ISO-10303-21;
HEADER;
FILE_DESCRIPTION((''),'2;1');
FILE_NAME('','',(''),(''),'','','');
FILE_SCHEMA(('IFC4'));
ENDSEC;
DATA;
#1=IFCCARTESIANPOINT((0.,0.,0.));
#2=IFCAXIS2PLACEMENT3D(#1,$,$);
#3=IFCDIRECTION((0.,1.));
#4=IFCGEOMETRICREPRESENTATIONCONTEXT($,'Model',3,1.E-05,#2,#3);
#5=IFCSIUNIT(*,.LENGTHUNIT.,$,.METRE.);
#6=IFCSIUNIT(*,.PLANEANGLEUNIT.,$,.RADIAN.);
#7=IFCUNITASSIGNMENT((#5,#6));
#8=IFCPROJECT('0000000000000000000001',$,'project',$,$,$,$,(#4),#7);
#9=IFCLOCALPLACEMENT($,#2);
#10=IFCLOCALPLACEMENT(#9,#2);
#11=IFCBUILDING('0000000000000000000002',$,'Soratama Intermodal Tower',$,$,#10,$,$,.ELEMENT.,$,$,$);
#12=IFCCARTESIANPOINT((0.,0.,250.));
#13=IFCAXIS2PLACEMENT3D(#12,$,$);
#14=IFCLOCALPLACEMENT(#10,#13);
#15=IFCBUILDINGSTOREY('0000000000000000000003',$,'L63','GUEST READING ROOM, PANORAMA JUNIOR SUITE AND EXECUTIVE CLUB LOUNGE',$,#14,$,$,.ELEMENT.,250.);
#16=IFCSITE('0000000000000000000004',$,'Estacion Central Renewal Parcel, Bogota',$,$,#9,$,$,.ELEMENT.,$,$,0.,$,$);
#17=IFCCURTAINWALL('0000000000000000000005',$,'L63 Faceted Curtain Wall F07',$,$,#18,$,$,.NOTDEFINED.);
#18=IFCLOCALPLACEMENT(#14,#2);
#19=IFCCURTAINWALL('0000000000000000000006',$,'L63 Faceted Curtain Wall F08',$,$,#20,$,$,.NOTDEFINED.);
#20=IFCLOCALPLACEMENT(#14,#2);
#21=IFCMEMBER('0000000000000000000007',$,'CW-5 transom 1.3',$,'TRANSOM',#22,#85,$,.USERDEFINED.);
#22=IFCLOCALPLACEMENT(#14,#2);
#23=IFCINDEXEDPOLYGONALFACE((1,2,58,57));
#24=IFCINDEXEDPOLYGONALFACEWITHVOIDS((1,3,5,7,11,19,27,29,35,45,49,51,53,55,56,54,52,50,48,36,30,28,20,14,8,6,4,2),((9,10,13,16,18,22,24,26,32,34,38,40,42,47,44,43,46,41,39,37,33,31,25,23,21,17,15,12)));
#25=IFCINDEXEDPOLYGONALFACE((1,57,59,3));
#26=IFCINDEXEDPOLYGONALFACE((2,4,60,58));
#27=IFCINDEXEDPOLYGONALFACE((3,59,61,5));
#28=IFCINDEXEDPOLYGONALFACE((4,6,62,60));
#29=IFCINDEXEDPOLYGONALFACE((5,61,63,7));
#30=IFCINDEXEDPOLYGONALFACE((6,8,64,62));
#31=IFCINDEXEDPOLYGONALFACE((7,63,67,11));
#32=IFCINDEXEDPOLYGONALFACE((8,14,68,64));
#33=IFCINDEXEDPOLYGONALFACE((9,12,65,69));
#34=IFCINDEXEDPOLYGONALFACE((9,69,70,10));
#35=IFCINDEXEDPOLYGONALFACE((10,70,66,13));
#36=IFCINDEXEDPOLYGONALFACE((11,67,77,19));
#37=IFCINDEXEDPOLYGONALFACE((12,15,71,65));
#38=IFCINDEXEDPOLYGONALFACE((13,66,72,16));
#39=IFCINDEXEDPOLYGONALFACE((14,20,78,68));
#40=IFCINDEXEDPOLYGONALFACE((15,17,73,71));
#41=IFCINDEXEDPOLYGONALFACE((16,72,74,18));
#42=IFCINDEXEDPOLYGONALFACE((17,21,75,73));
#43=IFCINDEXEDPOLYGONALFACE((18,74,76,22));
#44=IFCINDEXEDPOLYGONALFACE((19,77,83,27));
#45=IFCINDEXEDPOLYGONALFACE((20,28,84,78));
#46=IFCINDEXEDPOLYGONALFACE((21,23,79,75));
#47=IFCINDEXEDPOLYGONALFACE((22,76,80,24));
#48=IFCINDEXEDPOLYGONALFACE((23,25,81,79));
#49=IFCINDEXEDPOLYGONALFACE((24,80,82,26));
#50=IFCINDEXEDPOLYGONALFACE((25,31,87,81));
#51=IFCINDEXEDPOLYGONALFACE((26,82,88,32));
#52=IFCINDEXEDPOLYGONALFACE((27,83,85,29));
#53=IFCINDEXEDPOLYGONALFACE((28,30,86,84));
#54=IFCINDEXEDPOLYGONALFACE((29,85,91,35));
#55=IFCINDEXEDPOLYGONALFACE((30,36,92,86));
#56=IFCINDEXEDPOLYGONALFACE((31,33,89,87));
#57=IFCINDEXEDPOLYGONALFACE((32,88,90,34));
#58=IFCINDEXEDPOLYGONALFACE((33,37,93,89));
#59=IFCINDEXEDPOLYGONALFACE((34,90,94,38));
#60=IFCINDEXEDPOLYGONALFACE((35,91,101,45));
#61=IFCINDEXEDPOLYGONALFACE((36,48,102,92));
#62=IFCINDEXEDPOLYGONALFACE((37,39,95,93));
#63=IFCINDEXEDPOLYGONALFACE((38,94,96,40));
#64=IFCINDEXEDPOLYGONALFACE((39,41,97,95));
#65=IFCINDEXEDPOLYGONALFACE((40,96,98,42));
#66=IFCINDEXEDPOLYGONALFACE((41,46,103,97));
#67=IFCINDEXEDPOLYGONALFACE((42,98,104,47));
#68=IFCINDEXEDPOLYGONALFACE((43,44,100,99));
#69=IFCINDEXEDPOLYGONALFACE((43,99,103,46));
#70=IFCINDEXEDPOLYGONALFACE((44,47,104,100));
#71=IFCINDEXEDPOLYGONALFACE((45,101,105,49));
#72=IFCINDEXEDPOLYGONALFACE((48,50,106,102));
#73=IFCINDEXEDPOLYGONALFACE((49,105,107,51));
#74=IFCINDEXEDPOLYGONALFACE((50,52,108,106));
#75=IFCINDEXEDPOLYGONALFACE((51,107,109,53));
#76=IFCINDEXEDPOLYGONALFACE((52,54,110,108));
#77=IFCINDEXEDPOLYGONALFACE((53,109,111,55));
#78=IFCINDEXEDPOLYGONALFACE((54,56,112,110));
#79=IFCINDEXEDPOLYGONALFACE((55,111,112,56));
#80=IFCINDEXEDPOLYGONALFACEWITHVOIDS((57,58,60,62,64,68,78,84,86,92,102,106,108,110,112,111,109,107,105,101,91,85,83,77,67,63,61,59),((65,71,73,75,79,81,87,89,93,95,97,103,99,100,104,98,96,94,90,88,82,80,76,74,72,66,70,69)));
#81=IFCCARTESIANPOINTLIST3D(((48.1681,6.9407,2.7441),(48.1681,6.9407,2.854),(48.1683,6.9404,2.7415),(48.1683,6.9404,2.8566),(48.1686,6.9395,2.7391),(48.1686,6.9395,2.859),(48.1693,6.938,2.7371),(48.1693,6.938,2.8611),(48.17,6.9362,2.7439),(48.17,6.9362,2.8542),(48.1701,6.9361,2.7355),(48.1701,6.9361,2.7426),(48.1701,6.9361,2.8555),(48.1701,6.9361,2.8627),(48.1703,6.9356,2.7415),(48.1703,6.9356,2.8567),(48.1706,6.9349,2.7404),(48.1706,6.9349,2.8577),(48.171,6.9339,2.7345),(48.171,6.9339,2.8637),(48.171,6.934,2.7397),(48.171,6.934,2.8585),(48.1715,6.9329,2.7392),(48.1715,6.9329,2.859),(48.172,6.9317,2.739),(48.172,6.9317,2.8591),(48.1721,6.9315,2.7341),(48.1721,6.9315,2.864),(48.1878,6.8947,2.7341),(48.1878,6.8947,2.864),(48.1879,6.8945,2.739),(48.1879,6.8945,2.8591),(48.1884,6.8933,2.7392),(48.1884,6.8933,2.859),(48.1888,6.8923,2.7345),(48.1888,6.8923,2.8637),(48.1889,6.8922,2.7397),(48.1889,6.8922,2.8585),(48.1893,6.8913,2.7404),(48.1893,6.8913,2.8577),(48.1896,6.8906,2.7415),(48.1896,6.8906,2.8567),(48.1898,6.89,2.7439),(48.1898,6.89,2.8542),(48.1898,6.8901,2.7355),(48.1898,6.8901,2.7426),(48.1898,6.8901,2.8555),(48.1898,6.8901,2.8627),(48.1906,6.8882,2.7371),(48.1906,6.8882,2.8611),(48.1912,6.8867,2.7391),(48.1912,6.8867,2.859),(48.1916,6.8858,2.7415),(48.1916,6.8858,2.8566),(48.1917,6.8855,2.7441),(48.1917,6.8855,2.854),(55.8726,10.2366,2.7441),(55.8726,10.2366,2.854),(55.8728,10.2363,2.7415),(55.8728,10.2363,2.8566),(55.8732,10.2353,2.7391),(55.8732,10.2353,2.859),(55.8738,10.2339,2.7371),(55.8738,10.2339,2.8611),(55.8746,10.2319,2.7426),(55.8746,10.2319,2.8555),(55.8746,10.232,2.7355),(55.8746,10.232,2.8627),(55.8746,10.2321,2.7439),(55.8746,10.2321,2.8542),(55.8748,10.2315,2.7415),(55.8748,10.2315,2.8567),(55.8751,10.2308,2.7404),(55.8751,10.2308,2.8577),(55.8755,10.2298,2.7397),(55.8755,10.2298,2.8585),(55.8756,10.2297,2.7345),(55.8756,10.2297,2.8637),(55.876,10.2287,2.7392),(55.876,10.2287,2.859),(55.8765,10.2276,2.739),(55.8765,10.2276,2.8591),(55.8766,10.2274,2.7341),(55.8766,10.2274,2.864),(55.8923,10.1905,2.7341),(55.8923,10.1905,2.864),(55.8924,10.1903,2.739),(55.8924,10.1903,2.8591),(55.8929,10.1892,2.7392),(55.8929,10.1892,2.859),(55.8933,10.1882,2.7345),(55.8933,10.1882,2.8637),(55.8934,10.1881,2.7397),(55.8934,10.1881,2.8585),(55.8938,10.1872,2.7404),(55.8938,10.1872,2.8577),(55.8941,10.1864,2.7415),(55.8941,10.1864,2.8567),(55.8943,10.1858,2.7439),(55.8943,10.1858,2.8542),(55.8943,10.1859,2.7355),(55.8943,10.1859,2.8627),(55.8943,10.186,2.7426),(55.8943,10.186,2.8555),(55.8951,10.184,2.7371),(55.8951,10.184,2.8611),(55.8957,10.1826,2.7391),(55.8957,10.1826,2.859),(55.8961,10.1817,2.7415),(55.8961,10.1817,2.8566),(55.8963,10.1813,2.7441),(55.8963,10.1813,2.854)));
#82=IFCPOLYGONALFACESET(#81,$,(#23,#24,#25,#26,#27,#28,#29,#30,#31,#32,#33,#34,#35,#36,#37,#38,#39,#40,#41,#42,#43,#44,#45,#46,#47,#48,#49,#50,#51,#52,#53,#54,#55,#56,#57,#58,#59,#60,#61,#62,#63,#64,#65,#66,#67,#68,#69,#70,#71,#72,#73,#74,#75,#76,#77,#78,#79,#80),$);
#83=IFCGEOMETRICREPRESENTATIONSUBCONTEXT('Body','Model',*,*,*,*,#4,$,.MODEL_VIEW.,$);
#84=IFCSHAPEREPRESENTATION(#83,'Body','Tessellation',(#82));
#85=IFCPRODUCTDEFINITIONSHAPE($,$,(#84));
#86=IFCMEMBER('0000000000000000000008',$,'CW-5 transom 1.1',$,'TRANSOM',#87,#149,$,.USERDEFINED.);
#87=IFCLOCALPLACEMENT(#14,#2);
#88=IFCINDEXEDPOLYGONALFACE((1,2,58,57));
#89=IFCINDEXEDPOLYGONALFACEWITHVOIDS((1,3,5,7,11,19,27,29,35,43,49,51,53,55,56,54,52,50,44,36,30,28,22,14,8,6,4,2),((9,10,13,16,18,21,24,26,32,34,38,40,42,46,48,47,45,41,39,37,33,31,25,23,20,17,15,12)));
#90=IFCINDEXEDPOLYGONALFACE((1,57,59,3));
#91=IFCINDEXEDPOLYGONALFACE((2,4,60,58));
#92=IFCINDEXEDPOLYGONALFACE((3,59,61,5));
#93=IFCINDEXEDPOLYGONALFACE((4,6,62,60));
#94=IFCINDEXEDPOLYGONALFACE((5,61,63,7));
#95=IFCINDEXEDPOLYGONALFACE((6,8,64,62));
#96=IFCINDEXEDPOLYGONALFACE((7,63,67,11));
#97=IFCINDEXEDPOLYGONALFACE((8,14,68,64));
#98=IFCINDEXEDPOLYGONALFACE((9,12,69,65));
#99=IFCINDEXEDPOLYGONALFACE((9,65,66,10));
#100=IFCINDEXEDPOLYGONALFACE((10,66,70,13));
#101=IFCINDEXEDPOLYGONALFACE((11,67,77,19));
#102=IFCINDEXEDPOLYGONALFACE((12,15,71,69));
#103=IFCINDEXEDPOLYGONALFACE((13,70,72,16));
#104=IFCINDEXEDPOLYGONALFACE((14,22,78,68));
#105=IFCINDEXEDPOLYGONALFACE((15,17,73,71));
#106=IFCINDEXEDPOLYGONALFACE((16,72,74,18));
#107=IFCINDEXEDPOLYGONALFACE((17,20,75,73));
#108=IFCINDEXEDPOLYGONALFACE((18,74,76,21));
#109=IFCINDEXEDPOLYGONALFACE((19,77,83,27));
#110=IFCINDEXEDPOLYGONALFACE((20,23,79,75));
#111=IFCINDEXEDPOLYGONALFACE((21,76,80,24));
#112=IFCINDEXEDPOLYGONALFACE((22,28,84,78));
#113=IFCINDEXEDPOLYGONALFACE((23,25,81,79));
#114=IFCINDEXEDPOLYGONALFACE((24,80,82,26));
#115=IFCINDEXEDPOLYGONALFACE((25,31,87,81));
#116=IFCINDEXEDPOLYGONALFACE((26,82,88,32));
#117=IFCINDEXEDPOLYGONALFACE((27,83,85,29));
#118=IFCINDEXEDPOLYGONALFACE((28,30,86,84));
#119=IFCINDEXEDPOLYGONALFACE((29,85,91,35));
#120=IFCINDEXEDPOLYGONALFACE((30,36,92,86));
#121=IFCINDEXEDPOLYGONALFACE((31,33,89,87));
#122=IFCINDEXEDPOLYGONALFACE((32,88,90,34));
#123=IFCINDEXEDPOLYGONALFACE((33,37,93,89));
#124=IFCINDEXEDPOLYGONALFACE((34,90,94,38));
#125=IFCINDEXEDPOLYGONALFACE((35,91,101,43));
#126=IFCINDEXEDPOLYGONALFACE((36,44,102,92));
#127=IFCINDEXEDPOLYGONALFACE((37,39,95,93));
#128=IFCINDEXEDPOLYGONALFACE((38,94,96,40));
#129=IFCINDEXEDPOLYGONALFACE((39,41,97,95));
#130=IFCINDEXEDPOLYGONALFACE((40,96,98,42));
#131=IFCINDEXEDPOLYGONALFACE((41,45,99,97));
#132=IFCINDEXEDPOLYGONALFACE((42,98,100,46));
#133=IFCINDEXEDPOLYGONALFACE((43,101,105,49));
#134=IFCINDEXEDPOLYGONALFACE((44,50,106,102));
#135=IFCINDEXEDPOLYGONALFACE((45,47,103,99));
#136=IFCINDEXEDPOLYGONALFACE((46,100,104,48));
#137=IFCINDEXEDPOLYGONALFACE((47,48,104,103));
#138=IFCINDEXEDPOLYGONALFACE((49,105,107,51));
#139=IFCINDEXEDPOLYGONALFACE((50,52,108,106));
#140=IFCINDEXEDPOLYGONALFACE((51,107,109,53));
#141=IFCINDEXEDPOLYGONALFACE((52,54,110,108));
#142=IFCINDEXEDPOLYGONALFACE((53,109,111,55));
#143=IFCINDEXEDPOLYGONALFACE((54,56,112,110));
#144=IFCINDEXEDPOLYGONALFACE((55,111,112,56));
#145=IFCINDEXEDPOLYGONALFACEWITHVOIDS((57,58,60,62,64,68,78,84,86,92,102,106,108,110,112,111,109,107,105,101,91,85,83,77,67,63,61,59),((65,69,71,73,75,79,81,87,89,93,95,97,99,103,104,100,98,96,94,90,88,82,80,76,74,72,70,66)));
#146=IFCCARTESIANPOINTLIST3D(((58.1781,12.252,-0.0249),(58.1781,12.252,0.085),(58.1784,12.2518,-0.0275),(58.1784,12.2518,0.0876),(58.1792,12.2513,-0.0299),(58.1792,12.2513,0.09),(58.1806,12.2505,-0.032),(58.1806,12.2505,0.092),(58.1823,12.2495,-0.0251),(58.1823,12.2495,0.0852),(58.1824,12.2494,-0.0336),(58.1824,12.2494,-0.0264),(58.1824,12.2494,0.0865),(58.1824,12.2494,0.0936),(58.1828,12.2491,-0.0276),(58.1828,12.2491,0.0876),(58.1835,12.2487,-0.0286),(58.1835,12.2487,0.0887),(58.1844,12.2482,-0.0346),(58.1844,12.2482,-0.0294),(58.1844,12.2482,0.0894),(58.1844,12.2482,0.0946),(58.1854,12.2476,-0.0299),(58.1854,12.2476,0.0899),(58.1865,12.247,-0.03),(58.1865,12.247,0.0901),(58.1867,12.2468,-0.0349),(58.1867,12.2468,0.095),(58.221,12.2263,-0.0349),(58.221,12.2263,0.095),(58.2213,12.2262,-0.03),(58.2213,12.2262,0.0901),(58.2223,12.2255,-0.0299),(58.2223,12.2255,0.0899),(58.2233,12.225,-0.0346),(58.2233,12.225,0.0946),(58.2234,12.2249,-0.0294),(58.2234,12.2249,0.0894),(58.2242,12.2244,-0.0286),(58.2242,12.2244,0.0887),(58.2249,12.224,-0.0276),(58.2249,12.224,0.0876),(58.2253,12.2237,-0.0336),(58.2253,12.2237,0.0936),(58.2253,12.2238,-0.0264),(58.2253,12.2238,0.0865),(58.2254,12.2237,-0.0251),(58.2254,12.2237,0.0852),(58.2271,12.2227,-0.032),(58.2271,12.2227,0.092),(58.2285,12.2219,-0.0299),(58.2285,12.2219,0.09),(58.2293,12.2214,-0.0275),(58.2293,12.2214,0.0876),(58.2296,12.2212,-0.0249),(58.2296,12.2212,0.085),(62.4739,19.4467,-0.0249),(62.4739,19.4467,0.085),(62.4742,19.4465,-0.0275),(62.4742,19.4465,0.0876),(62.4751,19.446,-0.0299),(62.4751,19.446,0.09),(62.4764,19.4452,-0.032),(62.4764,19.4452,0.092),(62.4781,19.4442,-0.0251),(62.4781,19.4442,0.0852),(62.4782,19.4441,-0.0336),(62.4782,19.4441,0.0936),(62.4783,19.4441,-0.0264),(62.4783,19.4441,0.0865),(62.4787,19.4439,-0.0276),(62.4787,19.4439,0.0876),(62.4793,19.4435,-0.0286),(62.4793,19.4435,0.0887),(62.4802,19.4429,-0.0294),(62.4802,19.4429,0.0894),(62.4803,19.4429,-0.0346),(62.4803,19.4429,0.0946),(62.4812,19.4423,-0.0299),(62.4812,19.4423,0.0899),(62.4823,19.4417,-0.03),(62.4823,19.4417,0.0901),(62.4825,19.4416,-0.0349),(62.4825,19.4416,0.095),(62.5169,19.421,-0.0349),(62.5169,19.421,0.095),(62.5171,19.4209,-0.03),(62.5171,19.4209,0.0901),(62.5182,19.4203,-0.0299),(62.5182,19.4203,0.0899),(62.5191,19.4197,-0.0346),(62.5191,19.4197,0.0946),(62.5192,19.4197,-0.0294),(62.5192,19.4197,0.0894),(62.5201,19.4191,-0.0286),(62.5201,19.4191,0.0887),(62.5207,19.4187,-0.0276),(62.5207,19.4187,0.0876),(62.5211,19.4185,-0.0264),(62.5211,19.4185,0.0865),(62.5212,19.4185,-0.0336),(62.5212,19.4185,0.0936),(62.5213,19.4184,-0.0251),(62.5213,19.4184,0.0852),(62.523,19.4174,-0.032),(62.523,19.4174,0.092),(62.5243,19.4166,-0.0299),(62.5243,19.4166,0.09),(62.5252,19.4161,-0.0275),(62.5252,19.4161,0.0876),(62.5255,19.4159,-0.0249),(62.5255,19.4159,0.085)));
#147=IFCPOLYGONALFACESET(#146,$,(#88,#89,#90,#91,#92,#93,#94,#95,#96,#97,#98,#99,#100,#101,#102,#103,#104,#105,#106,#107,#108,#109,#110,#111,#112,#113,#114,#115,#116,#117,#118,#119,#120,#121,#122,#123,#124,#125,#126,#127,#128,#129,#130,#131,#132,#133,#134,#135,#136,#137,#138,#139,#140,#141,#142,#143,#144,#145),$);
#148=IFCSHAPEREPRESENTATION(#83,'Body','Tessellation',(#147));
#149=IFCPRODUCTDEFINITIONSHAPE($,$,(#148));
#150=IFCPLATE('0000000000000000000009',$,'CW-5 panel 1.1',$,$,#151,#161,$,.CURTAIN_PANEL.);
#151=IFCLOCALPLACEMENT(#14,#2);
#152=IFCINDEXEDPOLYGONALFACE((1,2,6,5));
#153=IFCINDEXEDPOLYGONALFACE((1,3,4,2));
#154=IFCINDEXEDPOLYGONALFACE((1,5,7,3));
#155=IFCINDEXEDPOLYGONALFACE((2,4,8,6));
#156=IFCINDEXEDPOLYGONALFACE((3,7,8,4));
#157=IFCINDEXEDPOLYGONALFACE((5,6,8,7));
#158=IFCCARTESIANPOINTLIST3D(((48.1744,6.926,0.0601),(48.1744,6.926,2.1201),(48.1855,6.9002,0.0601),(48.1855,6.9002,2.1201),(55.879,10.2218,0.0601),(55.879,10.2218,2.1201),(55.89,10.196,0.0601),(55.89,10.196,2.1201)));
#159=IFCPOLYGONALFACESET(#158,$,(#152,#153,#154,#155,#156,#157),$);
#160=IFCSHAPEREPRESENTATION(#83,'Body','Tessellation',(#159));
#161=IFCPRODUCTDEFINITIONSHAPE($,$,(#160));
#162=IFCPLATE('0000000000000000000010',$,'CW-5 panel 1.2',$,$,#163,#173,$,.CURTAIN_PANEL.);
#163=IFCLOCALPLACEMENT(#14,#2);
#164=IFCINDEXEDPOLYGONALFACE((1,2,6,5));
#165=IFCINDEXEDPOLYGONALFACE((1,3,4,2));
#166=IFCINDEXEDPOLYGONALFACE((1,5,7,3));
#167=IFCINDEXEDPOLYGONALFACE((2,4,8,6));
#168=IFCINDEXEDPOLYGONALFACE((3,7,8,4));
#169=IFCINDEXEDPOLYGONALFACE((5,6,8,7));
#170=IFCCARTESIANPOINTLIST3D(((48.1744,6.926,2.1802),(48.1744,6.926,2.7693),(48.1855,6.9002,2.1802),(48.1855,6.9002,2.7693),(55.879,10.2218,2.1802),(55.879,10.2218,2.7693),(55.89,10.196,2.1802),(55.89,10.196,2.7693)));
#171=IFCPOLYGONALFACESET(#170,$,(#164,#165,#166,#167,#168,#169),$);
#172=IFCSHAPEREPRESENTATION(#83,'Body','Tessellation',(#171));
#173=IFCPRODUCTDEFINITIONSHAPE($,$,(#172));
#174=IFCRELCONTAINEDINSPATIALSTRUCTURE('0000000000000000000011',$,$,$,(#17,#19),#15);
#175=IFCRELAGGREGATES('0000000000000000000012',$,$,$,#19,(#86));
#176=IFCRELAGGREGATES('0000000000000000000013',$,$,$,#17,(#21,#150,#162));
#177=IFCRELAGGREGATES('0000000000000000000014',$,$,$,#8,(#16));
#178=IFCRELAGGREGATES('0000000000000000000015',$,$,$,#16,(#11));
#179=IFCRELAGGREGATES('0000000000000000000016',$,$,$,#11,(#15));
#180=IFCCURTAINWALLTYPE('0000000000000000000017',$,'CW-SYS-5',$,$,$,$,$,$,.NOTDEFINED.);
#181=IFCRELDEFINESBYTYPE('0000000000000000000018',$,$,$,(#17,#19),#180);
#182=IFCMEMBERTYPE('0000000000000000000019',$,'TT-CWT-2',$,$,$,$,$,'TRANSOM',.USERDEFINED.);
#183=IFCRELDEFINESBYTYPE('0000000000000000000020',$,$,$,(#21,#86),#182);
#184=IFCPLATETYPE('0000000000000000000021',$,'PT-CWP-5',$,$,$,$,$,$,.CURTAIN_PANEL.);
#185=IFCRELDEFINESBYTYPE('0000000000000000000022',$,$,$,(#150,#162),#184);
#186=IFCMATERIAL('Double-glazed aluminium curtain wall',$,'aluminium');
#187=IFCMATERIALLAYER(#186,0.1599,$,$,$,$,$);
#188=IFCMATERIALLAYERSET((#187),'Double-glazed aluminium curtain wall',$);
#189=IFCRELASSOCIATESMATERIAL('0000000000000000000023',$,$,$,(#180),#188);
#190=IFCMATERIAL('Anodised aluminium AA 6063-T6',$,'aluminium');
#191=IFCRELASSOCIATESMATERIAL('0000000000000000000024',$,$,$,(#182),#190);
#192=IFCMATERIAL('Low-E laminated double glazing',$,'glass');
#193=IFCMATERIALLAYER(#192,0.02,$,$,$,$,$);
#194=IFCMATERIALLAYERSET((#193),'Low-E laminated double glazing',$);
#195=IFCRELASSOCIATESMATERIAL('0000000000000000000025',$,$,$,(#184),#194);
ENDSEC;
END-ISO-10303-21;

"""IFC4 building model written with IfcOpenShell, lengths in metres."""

from ifc_helpers import new_model, si_unit, direction, frame, origin, origin_2d, place, context, subcontext, project, spatial, rectangle, hollow_rectangle, extrude, material, layer, layer_set, material_profile, profile_set, type_object, element, aggregate, save


model = new_model("IFC4")

# Units and contexts
model_context = context("Model", 3, precision=1e-05, world=origin(), true_north=direction((0.0, 1.0)))
body_context = subcontext(model_context, "Body", "Model", "MODEL_VIEW")
ifc_project = project(units=[si_unit("LENGTHUNIT", "METRE"), si_unit("PLANEANGLEUNIT", "RADIAN")], contexts=[model_context])

# Site, building, storey
site_placement = place(None, origin())
site = spatial("IfcSite", under=ifc_project, at=site_placement, Name="Estacion Central Renewal Parcel, Bogota", CompositionType="ELEMENT", RefElevation=0.0)
building_placement = place(site_placement, origin())
building = spatial("IfcBuilding", under=site, at=building_placement, Name="Soratama Intermodal Tower", CompositionType="ELEMENT")
storey_placement = place(building_placement, frame((0.0, 0.0, 250.0)))
storey = spatial("IfcBuildingStorey", under=building, at=storey_placement, Name="L63", Description="GUEST READING ROOM, PANORAMA JUNIOR SUITE AND EXECUTIVE CLUB LOUNGE", CompositionType="ELEMENT", Elevation=250.0)

# Curtain walls
ifc_material_1 = material(Name="Double-glazed aluminium curtain wall", Category="aluminium")
ifc_layer_1 = layer(ifc_material_1, 0.1599)
ifc_layer_set_1 = layer_set([ifc_layer_1], Name="Double-glazed aluminium curtain wall")
curtain_wall_type = type_object("IfcCurtainWallType", Name="CW-SYS-5", PredefinedType="NOTDEFINED", material=ifc_layer_set_1)
curtain_wall_1_placement = place(storey_placement, origin())
curtain_wall_1 = element("IfcCurtainWall", 1, at=curtain_wall_1_placement, inside=storey, type_object=curtain_wall_type, Name="L63 Faceted Curtain Wall F07", PredefinedType="NOTDEFINED")
curtain_wall_2_placement = place(storey_placement, origin())
curtain_wall_2 = element("IfcCurtainWall", 2, at=curtain_wall_2_placement, inside=storey, type_object=curtain_wall_type, Name="L63 Faceted Curtain Wall F08", PredefinedType="NOTDEFINED")

# Members
ifc_material_2 = material(Name="Anodised aluminium AA 6063-T6", Category="aluminium")
ifc_material_profile_1 = material_profile(ifc_material_2, hollow_rectangle(XDim=0.0601, YDim=0.1299, WallThickness=0.0049, InnerFilletRadius=0.0049, OuterFilletRadius=0.01, at=origin_2d()), Name="CWT130X60X5")
ifc_profile_set_1 = profile_set([ifc_material_profile_1], Name="Anodised aluminium AA 6063-T6")
member_type_1 = type_object("IfcMemberType", Name="TT-CWT-2", ElementType="TRANSOM", PredefinedType="USERDEFINED", material=ifc_profile_set_1)
member_1_placement = place(storey_placement, frame((48.1799, 6.9131, 2.7991), z_axis=(0.919407, 0.393307, 0.0), x_axis=(-0.393307, 0.919407, 0.0)))
member_1 = element("IfcMember", 3, at=member_1_placement, type_object=member_type_1, Name="CW-5 transom 1.3", ObjectType="TRANSOM", PredefinedType="USERDEFINED", context=body_context, shape_type="SweptSolid", body=[
    extrude(hollow_rectangle(XDim=0.0601, YDim=0.1299, WallThickness=0.0049, InnerFilletRadius=0.0049, OuterFilletRadius=0.01, at=origin_2d()), origin(), (0.0, 0.0, 1.0), 8.3799),
])
member_2_placement = place(storey_placement, frame((58.2039, 12.2366, 0.03), z_axis=(0.512652, 0.858596, 0.0), x_axis=(-0.858596, 0.512652, 0.0)))
member_2 = element("IfcMember", 4, at=member_2_placement, type_object=member_type_1, Name="CW-5 transom 1.1", ObjectType="TRANSOM", PredefinedType="USERDEFINED", context=body_context, shape_type="SweptSolid", body=[
    extrude(hollow_rectangle(XDim=0.0601, YDim=0.1299, WallThickness=0.0049, InnerFilletRadius=0.0049, OuterFilletRadius=0.01, at=origin_2d()), origin(), (0.0, 0.0, 1.0), 8.3796),
])
aggregate(curtain_wall_2, [member_2])

# Plates
ifc_material_3 = material(Name="Low-E laminated double glazing", Category="glass")
ifc_layer_2 = layer(ifc_material_3, 0.02)
ifc_layer_set_2 = layer_set([ifc_layer_2], Name="Low-E laminated double glazing")
plate_type = type_object("IfcPlateType", Name="PT-CWP-5", PredefinedType="CURTAIN_PANEL", material=ifc_layer_set_2)
plate_1_placement = place(storey_placement, frame((52.0322, 8.561, 0.0601), z_axis=(0.0, 0.0, 1.0), x_axis=(0.919411, 0.393299, 0.0)))
plate_1 = element("IfcPlate", 5, at=plate_1_placement, type_object=plate_type, Name="CW-5 panel 1.1", PredefinedType="CURTAIN_PANEL", context=body_context, shape_type="SweptSolid", body=[
    extrude(rectangle(XDim=8.3799, YDim=0.0281, at=origin_2d()), origin(), (0.0, 0.0, 1.0), 2.0601),
])
plate_2_placement = place(storey_placement, frame((52.0322, 8.561, 2.1802), z_axis=(0.0, 0.0, 1.0), x_axis=(0.919411, 0.393299, 0.0)))
plate_2 = element("IfcPlate", 6, at=plate_2_placement, type_object=plate_type, Name="CW-5 panel 1.2", PredefinedType="CURTAIN_PANEL", context=body_context, shape_type="SweptSolid", body=[
    extrude(rectangle(XDim=8.3799, YDim=0.0281, at=origin_2d()), origin(), (0.0, 0.0, 1.0), 0.5891),
])
aggregate(curtain_wall_1, [member_1, plate_1, plate_2])

save(model, "model.ifc")
